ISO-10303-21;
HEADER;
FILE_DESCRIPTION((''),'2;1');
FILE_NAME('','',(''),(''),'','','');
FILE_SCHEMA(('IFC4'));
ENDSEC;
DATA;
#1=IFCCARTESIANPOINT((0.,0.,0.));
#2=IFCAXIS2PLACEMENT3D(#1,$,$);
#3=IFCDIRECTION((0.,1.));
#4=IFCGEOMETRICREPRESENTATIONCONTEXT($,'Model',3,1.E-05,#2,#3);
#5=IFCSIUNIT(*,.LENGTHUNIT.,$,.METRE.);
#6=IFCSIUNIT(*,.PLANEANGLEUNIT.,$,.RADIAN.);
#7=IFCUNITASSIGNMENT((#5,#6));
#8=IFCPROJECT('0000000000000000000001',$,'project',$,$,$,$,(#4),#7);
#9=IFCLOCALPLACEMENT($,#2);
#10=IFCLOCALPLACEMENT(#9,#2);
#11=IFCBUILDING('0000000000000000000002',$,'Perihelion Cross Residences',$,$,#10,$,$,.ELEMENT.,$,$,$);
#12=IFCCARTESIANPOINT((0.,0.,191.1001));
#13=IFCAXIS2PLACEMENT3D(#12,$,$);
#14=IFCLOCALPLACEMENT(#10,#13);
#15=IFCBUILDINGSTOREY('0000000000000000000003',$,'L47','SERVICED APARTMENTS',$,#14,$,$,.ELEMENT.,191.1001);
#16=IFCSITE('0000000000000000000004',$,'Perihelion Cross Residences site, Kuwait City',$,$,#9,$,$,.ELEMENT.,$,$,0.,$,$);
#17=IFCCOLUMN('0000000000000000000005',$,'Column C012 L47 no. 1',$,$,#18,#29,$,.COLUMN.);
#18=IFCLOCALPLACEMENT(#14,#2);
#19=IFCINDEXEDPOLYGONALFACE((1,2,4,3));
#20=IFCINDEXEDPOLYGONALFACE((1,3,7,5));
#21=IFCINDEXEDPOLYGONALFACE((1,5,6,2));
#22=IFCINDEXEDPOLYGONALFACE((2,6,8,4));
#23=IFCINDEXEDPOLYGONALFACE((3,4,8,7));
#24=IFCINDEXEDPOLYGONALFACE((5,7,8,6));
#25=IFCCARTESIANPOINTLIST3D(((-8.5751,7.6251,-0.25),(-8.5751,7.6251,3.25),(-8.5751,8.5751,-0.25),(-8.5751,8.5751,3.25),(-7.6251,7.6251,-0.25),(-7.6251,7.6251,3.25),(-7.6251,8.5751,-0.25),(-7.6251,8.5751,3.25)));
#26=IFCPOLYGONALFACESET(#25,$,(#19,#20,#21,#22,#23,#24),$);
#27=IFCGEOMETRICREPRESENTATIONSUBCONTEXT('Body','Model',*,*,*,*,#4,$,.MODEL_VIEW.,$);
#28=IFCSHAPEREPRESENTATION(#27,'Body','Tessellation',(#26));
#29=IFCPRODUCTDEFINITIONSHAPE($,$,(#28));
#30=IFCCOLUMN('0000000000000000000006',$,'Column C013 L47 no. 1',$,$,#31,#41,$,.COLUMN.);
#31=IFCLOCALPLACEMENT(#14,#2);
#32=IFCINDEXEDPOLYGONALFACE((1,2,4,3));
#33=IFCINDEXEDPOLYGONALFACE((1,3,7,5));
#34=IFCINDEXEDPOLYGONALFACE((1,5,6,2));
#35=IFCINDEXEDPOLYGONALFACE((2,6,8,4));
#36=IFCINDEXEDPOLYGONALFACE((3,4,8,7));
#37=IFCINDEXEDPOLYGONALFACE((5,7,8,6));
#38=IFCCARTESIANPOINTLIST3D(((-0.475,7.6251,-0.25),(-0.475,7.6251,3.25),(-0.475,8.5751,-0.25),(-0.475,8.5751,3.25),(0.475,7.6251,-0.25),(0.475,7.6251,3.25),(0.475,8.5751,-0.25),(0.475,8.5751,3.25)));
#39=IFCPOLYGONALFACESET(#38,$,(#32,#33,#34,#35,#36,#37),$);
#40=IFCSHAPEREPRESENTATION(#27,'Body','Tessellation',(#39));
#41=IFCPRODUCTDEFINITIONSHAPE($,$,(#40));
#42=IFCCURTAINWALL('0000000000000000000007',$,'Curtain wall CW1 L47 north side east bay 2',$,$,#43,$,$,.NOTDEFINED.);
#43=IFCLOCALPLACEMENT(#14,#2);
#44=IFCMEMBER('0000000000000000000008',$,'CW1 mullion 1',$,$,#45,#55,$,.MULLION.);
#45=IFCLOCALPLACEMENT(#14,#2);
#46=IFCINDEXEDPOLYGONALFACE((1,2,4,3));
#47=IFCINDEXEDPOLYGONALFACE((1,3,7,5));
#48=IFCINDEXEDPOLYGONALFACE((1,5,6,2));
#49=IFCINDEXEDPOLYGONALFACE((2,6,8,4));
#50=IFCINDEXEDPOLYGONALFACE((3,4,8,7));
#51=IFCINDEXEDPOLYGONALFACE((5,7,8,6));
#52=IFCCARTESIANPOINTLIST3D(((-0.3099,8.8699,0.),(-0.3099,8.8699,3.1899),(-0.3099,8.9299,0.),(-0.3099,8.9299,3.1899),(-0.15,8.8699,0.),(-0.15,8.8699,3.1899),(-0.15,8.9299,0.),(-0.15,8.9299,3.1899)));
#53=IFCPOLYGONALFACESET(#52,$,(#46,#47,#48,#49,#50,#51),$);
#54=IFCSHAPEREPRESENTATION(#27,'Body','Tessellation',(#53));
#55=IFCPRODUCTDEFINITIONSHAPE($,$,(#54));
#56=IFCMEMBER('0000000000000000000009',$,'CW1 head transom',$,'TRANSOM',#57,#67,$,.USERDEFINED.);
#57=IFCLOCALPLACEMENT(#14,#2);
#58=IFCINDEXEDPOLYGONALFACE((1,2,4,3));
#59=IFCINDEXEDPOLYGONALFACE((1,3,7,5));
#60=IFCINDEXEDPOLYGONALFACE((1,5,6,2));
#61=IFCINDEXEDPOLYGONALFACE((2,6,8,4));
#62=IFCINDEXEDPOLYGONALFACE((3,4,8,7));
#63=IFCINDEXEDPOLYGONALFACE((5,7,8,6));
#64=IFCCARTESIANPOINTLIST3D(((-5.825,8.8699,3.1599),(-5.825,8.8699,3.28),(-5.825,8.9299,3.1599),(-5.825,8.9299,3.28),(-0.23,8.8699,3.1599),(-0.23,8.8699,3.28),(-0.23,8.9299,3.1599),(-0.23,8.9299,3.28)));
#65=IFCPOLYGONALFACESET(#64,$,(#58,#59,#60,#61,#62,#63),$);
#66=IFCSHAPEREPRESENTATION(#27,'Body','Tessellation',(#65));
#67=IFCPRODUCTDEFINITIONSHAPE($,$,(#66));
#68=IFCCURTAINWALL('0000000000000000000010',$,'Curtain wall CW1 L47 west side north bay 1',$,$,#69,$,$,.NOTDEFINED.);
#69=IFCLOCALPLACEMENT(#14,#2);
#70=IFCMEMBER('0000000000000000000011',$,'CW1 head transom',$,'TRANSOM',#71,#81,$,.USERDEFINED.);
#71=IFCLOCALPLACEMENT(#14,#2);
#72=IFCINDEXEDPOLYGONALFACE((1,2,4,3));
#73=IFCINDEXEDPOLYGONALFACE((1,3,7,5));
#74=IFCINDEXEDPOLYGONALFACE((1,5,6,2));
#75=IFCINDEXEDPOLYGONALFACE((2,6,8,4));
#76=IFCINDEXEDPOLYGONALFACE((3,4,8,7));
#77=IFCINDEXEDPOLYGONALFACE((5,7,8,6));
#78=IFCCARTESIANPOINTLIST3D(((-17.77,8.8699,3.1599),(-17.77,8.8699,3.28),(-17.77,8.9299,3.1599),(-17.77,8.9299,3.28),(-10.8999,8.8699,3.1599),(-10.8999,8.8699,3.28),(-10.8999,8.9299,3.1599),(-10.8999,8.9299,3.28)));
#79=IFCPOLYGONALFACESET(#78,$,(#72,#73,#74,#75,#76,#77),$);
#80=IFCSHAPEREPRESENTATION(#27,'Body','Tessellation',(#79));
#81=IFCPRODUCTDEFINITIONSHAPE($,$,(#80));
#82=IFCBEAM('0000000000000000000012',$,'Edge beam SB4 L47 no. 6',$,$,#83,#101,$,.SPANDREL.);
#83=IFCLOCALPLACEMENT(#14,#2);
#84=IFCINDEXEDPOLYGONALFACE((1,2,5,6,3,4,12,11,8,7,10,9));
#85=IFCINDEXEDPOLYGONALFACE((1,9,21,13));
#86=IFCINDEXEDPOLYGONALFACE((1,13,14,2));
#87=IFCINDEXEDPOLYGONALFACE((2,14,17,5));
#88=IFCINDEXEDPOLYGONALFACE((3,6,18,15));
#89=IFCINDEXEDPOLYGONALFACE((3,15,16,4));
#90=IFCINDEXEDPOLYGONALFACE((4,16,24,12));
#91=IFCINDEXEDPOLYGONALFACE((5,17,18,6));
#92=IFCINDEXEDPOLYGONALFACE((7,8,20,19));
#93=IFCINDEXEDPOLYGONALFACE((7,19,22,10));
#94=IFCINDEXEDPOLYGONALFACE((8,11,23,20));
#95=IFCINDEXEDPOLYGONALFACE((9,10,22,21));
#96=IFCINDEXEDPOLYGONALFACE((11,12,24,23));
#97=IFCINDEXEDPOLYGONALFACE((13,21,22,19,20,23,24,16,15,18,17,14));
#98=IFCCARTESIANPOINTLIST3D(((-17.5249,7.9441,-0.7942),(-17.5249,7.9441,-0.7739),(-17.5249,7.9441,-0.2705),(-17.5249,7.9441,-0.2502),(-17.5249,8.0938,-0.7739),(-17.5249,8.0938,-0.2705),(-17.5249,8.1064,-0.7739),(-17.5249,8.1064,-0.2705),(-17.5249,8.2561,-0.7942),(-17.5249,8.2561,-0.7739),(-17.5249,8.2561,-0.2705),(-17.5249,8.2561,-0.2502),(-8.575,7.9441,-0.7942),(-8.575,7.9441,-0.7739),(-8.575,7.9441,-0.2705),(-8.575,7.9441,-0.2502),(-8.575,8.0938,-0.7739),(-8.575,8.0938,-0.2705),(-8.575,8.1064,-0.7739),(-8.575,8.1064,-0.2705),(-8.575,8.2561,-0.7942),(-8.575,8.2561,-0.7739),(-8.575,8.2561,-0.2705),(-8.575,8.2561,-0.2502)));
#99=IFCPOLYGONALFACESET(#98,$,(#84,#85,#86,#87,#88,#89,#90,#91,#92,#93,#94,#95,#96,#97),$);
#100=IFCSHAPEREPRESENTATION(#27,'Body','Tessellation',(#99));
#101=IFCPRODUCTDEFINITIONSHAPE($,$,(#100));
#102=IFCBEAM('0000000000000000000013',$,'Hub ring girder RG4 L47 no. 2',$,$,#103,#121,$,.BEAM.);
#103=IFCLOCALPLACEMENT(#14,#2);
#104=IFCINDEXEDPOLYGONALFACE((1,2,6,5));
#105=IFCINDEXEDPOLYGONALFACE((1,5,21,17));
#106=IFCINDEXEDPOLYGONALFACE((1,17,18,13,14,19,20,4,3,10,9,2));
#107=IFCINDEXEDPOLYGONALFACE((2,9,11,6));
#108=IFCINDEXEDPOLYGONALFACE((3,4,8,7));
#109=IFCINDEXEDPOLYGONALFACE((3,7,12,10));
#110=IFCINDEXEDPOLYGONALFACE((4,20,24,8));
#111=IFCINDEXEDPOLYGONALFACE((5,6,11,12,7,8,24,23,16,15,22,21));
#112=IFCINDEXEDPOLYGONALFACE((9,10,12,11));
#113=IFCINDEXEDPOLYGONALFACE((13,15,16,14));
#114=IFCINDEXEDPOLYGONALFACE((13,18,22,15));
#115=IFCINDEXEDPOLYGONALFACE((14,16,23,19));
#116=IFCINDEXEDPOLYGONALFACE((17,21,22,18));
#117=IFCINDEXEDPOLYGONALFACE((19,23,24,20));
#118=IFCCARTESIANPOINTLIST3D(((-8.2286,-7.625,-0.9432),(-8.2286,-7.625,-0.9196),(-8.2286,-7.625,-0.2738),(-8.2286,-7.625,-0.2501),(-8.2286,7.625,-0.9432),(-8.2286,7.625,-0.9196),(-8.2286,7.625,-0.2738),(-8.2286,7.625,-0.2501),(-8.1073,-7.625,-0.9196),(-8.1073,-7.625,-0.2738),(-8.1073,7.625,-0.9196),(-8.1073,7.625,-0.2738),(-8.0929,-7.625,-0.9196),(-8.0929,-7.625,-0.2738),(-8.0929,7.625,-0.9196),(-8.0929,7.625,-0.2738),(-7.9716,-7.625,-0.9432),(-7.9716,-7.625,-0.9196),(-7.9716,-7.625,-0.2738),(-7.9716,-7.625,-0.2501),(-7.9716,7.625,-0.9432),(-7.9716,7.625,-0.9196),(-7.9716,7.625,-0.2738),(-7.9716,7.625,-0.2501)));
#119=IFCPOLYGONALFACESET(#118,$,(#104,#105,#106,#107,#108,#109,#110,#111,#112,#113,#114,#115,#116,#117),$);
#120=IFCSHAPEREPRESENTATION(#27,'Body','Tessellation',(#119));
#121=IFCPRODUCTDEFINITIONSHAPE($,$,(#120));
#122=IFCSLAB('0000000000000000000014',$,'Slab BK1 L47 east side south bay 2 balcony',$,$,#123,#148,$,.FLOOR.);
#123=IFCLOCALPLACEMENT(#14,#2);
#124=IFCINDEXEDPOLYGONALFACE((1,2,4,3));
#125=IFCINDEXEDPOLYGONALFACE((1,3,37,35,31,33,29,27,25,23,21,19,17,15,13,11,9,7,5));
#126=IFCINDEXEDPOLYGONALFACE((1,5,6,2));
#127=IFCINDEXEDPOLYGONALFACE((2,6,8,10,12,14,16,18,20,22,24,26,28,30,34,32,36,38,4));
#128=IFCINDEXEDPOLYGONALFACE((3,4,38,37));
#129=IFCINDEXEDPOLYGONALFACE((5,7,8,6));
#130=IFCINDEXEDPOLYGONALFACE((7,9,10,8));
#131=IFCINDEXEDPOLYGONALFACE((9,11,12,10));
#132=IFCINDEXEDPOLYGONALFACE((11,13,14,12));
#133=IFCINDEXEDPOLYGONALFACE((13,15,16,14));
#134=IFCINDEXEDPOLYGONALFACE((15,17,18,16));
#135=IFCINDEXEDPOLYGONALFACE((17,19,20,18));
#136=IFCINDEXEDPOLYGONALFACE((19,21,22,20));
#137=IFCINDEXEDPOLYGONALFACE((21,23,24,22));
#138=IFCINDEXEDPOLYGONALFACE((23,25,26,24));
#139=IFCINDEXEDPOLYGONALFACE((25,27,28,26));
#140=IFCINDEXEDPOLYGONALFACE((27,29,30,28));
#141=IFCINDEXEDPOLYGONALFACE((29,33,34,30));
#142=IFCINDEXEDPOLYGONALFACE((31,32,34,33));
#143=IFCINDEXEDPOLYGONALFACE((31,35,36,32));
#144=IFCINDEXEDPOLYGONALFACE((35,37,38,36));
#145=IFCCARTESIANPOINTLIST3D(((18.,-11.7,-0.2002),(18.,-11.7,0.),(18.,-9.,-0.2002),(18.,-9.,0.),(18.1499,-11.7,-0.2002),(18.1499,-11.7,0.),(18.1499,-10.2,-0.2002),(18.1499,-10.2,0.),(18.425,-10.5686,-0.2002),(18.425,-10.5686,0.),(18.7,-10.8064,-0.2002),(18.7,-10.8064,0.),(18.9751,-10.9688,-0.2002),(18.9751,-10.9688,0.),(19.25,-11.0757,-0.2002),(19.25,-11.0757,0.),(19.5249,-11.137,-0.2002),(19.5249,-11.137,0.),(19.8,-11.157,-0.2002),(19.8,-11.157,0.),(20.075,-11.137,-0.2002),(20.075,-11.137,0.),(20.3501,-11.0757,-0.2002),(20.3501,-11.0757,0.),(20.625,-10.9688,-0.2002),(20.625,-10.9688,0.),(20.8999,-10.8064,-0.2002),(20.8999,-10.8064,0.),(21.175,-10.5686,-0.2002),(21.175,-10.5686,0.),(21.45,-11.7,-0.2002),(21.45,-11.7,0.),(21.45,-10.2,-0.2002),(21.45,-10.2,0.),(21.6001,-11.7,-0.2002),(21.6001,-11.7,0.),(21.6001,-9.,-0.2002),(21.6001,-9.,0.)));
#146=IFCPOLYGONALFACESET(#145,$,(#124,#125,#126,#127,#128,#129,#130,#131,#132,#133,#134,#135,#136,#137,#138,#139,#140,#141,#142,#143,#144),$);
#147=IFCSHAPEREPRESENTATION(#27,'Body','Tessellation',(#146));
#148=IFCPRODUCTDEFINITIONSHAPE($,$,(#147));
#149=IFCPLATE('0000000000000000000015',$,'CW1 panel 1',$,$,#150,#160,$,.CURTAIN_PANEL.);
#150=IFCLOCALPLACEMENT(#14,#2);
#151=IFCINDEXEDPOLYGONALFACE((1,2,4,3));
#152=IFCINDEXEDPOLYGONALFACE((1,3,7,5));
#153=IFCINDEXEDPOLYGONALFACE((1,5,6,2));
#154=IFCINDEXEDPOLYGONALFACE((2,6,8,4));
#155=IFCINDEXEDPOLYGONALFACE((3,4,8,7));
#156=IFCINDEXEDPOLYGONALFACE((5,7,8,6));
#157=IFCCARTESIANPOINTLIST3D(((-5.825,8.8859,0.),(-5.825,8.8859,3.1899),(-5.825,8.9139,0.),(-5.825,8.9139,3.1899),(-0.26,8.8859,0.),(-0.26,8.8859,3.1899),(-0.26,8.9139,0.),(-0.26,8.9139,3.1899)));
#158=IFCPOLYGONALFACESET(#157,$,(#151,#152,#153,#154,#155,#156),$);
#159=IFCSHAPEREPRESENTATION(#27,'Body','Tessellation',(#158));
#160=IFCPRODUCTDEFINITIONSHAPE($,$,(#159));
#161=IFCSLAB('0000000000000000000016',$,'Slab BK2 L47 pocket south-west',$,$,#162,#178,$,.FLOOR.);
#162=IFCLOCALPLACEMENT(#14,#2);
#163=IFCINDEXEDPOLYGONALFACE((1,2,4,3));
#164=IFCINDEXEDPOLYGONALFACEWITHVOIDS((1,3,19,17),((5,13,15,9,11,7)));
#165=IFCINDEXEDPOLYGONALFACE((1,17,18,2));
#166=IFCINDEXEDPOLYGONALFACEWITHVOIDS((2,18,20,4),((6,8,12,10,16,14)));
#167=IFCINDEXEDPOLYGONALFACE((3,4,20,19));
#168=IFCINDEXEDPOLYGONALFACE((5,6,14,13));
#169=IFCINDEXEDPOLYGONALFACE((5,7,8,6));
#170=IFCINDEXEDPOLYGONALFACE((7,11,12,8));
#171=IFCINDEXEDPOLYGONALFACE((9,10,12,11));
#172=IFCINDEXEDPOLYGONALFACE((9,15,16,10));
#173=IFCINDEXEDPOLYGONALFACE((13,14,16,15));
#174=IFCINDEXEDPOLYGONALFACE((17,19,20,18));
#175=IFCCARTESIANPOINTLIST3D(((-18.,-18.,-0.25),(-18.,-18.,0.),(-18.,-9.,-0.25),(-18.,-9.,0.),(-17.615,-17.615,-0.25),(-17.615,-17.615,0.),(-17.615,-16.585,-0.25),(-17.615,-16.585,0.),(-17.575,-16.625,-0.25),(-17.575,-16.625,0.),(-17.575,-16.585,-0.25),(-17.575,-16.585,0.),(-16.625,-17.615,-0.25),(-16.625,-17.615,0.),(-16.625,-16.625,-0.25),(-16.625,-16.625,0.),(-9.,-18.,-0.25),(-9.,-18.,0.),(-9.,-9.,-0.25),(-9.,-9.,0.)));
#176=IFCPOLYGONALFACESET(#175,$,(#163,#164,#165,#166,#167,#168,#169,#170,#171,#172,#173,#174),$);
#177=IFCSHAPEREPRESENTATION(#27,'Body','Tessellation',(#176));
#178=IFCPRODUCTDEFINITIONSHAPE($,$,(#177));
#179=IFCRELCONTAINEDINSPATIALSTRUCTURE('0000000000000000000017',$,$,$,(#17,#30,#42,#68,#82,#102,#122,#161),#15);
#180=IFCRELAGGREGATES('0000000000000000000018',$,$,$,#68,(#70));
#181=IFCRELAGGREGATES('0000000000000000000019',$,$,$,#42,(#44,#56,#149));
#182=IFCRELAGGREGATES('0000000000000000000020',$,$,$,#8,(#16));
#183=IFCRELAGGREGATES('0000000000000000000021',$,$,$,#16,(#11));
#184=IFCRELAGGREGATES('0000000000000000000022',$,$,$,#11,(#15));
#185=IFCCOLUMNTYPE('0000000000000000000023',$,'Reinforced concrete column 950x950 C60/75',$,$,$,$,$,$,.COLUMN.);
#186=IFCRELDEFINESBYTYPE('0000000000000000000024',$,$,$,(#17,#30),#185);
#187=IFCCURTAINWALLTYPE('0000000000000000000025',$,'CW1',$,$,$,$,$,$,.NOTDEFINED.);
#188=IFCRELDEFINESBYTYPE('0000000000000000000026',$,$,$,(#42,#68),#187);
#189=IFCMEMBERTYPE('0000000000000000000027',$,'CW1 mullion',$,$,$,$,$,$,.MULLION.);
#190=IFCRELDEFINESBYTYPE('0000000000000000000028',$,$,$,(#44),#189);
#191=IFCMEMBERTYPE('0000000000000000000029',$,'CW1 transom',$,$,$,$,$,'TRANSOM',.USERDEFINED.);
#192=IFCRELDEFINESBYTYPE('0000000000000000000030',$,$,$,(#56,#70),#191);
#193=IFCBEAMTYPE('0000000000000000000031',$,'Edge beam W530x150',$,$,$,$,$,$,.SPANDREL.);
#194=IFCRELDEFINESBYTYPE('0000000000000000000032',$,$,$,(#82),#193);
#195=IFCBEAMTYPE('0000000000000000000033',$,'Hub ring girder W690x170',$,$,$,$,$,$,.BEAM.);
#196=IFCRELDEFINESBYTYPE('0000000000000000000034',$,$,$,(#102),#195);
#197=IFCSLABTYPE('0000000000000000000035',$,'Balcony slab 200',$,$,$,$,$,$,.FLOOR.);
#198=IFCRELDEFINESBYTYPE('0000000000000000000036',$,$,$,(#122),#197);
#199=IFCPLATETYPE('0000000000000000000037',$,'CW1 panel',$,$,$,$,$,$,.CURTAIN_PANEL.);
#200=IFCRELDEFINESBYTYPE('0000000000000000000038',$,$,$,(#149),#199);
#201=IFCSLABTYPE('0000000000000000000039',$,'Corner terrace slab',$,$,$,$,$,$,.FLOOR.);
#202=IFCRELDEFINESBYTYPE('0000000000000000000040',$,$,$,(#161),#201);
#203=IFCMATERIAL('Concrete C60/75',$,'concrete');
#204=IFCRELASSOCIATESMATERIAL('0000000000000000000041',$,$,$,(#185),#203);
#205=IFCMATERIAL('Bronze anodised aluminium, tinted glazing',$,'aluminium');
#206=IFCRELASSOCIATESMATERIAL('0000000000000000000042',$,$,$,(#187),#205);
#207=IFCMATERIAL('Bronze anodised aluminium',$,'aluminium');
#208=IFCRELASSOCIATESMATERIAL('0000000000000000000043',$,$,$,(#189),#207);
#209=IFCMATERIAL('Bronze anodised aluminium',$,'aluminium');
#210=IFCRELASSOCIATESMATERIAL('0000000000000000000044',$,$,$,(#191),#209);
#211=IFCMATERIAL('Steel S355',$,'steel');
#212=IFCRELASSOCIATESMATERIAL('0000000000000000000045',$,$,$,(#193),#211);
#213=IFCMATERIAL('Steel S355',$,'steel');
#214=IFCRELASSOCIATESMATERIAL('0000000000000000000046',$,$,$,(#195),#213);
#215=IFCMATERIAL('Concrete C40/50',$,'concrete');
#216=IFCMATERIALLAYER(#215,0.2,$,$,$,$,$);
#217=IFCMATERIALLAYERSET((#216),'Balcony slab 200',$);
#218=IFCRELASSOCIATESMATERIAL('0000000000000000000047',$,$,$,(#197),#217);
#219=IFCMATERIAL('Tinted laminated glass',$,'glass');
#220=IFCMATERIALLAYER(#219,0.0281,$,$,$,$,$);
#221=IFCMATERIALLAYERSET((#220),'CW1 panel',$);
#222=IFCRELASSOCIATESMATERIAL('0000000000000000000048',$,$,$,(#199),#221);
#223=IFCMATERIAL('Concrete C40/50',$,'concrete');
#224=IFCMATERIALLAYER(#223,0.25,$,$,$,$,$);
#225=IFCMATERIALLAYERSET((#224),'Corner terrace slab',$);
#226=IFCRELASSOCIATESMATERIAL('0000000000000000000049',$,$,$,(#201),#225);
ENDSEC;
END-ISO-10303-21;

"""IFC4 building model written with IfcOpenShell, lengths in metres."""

from ifc_helpers import new_model, si_unit, direction, frame, origin, origin_2d, place, context, subcontext, project, spatial, polyline, rectangle, i_section, outline, extrude, material, layer, layer_set, material_profile, profile_set, type_object, element, aggregate, save


model = new_model("IFC4")

# Units and contexts
model_context = context("Model", 3, precision=1e-05, world=origin(), true_north=direction((0.0, 1.0)))
body_context = subcontext(model_context, "Body", "Model", "MODEL_VIEW")
ifc_project = project(units=[si_unit("LENGTHUNIT", "METRE"), si_unit("PLANEANGLEUNIT", "RADIAN")], contexts=[model_context])

# Site, building, storey
site_placement = place(None, origin())
site = spatial("IfcSite", under=ifc_project, at=site_placement, Name="Perihelion Cross Residences site, Kuwait City", CompositionType="ELEMENT", RefElevation=0.0)
building_placement = place(site_placement, origin())
building = spatial("IfcBuilding", under=site, at=building_placement, Name="Perihelion Cross Residences", CompositionType="ELEMENT")
storey_placement = place(building_placement, frame((0.0, 0.0, 191.1001)))
storey = spatial("IfcBuildingStorey", under=building, at=storey_placement, Name="L47", Description="SERVICED APARTMENTS", CompositionType="ELEMENT", Elevation=191.1001)

# Columns
ifc_material_1 = material(Name="Concrete C60/75", Category="concrete")
ifc_material_profile_1 = material_profile(ifc_material_1, rectangle(XDim=0.95, YDim=0.95, at=origin_2d()), Name="RC 950x950")
ifc_profile_set_1 = profile_set([ifc_material_profile_1], Name="Concrete C60/75")
column_type = type_object("IfcColumnType", Name="Reinforced concrete column 950x950 C60/75", PredefinedType="COLUMN", material=ifc_profile_set_1)
for number, where, z_axis, x_axis, name in (
    (1, (-8.1001, 8.1001, -0.25), (0.0, 0.0, 1.0), (1.0, 0.0, 0.0), "Column C012 L47 no. 1"),
    (2, (0.0, 8.1001, -0.25), (0.0, 0.0, 1.0), (1.0, 0.0, 0.0), "Column C013 L47 no. 1"),
):
    element("IfcColumn", number, at=place(storey_placement, frame(where, z_axis=z_axis, x_axis=x_axis)), inside=storey, type_object=column_type, Name=name, PredefinedType="COLUMN", context=body_context, shape_type="SweptSolid", body=[
        extrude(rectangle(XDim=0.95, YDim=0.95, at=origin_2d()), origin(), (0.0, 0.0, 1.0), 3.5),
    ])

# Curtain wall, members
ifc_material_2 = material(Name="Bronze anodised aluminium, tinted glazing", Category="aluminium")
curtain_wall_type = type_object("IfcCurtainWallType", Name="CW1", PredefinedType="NOTDEFINED", material=ifc_material_2)
curtain_wall_1_placement = place(storey_placement, origin())
curtain_wall_1 = element("IfcCurtainWall", 3, at=curtain_wall_1_placement, inside=storey, type_object=curtain_wall_type, Name="Curtain wall CW1 L47 north side east bay 2", PredefinedType="NOTDEFINED")
ifc_material_3 = material(Name="Bronze anodised aluminium", Category="aluminium")
ifc_material_profile_2 = material_profile(ifc_material_3, rectangle(XDim=0.0601, YDim=0.1599, at=origin_2d()), Name="CW1 mullion")
ifc_profile_set_2 = profile_set([ifc_material_profile_2], Name="Bronze anodised aluminium")
member_type_1 = type_object("IfcMemberType", Name="CW1 mullion", PredefinedType="MULLION", material=ifc_profile_set_2)
member_1_placement = place(storey_placement, frame((-0.23, 8.8999, 0.0), z_axis=(0.0, 0.0, 1.0), x_axis=(0.0, -1.0, 0.0)))
member_1 = element("IfcMember", 4, at=member_1_placement, type_object=member_type_1, Name="CW1 mullion 1", PredefinedType="MULLION", context=body_context, shape_type="SweptSolid", body=[
    extrude(rectangle(XDim=0.0601, YDim=0.1599, at=origin_2d()), origin(), (0.0, 0.0, 1.0), 3.1899),
])
ifc_material_4 = material(Name="Bronze anodised aluminium", Category="aluminium")
ifc_material_profile_3 = material_profile(ifc_material_4, rectangle(XDim=0.0601, YDim=0.1201, at=origin_2d()), Name="CW1 transom")
ifc_profile_set_3 = profile_set([ifc_material_profile_3], Name="Bronze anodised aluminium")
member_type_2 = type_object("IfcMemberType", Name="CW1 transom", ElementType="TRANSOM", PredefinedType="USERDEFINED", material=ifc_profile_set_3)
member_2_placement = place(storey_placement, frame((-0.23, 8.8999, 3.22), z_axis=(-1.0, 0.0, 0.0), x_axis=(0.0, -1.0, 0.0)))
member_2 = element("IfcMember", 5, at=member_2_placement, type_object=member_type_2, Name="CW1 head transom", ObjectType="TRANSOM", PredefinedType="USERDEFINED", context=body_context, shape_type="SweptSolid", body=[
    extrude(rectangle(XDim=0.0601, YDim=0.1201, at=origin_2d()), origin(), (0.0, 0.0, 1.0), 5.595),
])

# Curtain wall, member
curtain_wall_2_placement = place(storey_placement, origin())
curtain_wall_2 = element("IfcCurtainWall", 6, at=curtain_wall_2_placement, inside=storey, type_object=curtain_wall_type, Name="Curtain wall CW1 L47 west side north bay 1", PredefinedType="NOTDEFINED")
member_3_placement = place(storey_placement, frame((-10.8999, 8.8999, 3.22), z_axis=(-1.0, 0.0, 0.0), x_axis=(0.0, -1.0, 0.0)))
member_3 = element("IfcMember", 7, at=member_3_placement, type_object=member_type_2, Name="CW1 head transom", ObjectType="TRANSOM", PredefinedType="USERDEFINED", context=body_context, shape_type="SweptSolid", body=[
    extrude(rectangle(XDim=0.0601, YDim=0.1201, at=origin_2d()), origin(), (0.0, 0.0, 1.0), 6.8701),
])
aggregate(curtain_wall_2, [member_3])

# Beams
ifc_material_5 = material(Name="Steel S355", Category="steel")
ifc_material_profile_4 = material_profile(ifc_material_5, i_section(OverallWidth=0.312, OverallDepth=0.5439, WebThickness=0.0127, FlangeThickness=0.0203, at=origin_2d()), Name="W530x150")
ifc_profile_set_4 = profile_set([ifc_material_profile_4], Name="Steel S355")
beam_type_1 = type_object("IfcBeamType", Name="Edge beam W530x150", PredefinedType="SPANDREL", material=ifc_profile_set_4)
beam_1_placement = place(storey_placement, frame((-8.575, 8.1001, -0.5222), z_axis=(-1.0, 0.0, 0.0), x_axis=(0.0, -1.0, 0.0)))
element("IfcBeam", 8, at=beam_1_placement, inside=storey, type_object=beam_type_1, Name="Edge beam SB4 L47 no. 6", PredefinedType="SPANDREL", context=body_context, shape_type="SweptSolid", body=[
    extrude(i_section(OverallWidth=0.312, OverallDepth=0.5439, WebThickness=0.0127, FlangeThickness=0.0203, at=origin_2d()), origin(), (0.0, 0.0, 1.0), 8.95),
])
ifc_material_6 = material(Name="Steel S355", Category="steel")
ifc_material_profile_5 = material_profile(ifc_material_6, i_section(OverallWidth=0.2571, OverallDepth=0.6931, WebThickness=0.0144, FlangeThickness=0.0237, at=origin_2d()), Name="W690x170")
ifc_profile_set_5 = profile_set([ifc_material_profile_5], Name="Steel S355")
beam_type_2 = type_object("IfcBeamType", Name="Hub ring girder W690x170", PredefinedType="BEAM", material=ifc_profile_set_5)
beam_2_placement = place(storey_placement, frame((-8.1001, 7.625, -0.5967), z_axis=(0.0, -1.0, 0.0), x_axis=(1.0, 0.0, 0.0)))
element("IfcBeam", 9, at=beam_2_placement, inside=storey, type_object=beam_type_2, Name="Hub ring girder RG4 L47 no. 2", PredefinedType="BEAM", context=body_context, shape_type="SweptSolid", body=[
    extrude(i_section(OverallWidth=0.2571, OverallDepth=0.6931, WebThickness=0.0144, FlangeThickness=0.0237, at=origin_2d()), origin(), (0.0, 0.0, 1.0), 15.25),
])

# Slab
ifc_material_7 = material(Name="Concrete C40/50", Category="concrete")
ifc_layer_1 = layer(ifc_material_7, 0.2)
ifc_layer_set_1 = layer_set([ifc_layer_1], Name="Balcony slab 200")
slab_type_1 = type_object("IfcSlabType", Name="Balcony slab 200", PredefinedType="FLOOR", material=ifc_layer_set_1)
slab_1_placement = place(storey_placement, frame((0.0, 0.0, -0.2002)))
element("IfcSlab", 10, at=slab_1_placement, inside=storey, type_object=slab_type_1, Name="Slab BK1 L47 east side south bay 2 balcony", PredefinedType="FLOOR", context=body_context, shape_type="SweptSolid", body=[
    extrude(outline(polyline([(18.0, -9.0), (21.6001, -9.0), (21.6001, -11.7), (21.45, -11.7), (21.45, -10.2), (21.175, -10.5686), (20.8999, -10.8064), (20.625, -10.9688), (20.3501, -11.0757), (20.075, -11.137), (19.8, -11.157), (19.5249, -11.137), (19.25, -11.0757), (18.9751, -10.9688), (18.7, -10.8064), (18.425, -10.5686), (18.1499, -10.2), (18.1499, -11.7), (18.0, -11.7), (18.0, -9.0)])), origin(), (0.0, 0.0, 1.0), 0.2002),
])

# Plate
ifc_material_8 = material(Name="Tinted laminated glass", Category="glass")
ifc_layer_2 = layer(ifc_material_8, 0.0281)
ifc_layer_set_2 = layer_set([ifc_layer_2], Name="CW1 panel")
plate_type = type_object("IfcPlateType", Name="CW1 panel", PredefinedType="CURTAIN_PANEL", material=ifc_layer_set_2)
plate_placement = place(storey_placement, frame((-3.0425, 8.8999, 0.0), z_axis=(0.0, 0.0, 1.0), x_axis=(-1.0, 0.0, 0.0)))
plate = element("IfcPlate", 11, at=plate_placement, type_object=plate_type, Name="CW1 panel 1", PredefinedType="CURTAIN_PANEL", context=body_context, shape_type="SweptSolid", body=[
    extrude(rectangle(XDim=5.5649, YDim=0.0281, at=origin_2d()), origin(), (0.0, 0.0, 1.0), 3.1899),
])
aggregate(curtain_wall_1, [member_1, member_2, plate])

# Slab
ifc_material_9 = material(Name="Concrete C40/50", Category="concrete")
ifc_layer_3 = layer(ifc_material_9, 0.25)
ifc_layer_set_3 = layer_set([ifc_layer_3], Name="Corner terrace slab")
slab_type_2 = type_object("IfcSlabType", Name="Corner terrace slab", PredefinedType="FLOOR", material=ifc_layer_set_3)
slab_2_placement = place(storey_placement, frame((0.0, 0.0, -0.25)))
element("IfcSlab", 12, at=slab_2_placement, inside=storey, type_object=slab_type_2, Name="Slab BK2 L47 pocket south-west", PredefinedType="FLOOR", context=body_context, shape_type="SweptSolid", body=[
    extrude(outline(polyline([(-9.0, -18.0), (-9.0, -9.0), (-18.0, -9.0), (-18.0, -18.0), (-9.0, -18.0)]), holes=[polyline([(-16.625, -17.615), (-17.615, -17.615), (-17.615, -16.585), (-17.575, -16.585), (-17.575, -16.625), (-16.625, -16.625), (-16.625, -17.615)])]), origin(), (0.0, 0.0, 1.0), 0.25),
])

save(model, "model.ifc")
